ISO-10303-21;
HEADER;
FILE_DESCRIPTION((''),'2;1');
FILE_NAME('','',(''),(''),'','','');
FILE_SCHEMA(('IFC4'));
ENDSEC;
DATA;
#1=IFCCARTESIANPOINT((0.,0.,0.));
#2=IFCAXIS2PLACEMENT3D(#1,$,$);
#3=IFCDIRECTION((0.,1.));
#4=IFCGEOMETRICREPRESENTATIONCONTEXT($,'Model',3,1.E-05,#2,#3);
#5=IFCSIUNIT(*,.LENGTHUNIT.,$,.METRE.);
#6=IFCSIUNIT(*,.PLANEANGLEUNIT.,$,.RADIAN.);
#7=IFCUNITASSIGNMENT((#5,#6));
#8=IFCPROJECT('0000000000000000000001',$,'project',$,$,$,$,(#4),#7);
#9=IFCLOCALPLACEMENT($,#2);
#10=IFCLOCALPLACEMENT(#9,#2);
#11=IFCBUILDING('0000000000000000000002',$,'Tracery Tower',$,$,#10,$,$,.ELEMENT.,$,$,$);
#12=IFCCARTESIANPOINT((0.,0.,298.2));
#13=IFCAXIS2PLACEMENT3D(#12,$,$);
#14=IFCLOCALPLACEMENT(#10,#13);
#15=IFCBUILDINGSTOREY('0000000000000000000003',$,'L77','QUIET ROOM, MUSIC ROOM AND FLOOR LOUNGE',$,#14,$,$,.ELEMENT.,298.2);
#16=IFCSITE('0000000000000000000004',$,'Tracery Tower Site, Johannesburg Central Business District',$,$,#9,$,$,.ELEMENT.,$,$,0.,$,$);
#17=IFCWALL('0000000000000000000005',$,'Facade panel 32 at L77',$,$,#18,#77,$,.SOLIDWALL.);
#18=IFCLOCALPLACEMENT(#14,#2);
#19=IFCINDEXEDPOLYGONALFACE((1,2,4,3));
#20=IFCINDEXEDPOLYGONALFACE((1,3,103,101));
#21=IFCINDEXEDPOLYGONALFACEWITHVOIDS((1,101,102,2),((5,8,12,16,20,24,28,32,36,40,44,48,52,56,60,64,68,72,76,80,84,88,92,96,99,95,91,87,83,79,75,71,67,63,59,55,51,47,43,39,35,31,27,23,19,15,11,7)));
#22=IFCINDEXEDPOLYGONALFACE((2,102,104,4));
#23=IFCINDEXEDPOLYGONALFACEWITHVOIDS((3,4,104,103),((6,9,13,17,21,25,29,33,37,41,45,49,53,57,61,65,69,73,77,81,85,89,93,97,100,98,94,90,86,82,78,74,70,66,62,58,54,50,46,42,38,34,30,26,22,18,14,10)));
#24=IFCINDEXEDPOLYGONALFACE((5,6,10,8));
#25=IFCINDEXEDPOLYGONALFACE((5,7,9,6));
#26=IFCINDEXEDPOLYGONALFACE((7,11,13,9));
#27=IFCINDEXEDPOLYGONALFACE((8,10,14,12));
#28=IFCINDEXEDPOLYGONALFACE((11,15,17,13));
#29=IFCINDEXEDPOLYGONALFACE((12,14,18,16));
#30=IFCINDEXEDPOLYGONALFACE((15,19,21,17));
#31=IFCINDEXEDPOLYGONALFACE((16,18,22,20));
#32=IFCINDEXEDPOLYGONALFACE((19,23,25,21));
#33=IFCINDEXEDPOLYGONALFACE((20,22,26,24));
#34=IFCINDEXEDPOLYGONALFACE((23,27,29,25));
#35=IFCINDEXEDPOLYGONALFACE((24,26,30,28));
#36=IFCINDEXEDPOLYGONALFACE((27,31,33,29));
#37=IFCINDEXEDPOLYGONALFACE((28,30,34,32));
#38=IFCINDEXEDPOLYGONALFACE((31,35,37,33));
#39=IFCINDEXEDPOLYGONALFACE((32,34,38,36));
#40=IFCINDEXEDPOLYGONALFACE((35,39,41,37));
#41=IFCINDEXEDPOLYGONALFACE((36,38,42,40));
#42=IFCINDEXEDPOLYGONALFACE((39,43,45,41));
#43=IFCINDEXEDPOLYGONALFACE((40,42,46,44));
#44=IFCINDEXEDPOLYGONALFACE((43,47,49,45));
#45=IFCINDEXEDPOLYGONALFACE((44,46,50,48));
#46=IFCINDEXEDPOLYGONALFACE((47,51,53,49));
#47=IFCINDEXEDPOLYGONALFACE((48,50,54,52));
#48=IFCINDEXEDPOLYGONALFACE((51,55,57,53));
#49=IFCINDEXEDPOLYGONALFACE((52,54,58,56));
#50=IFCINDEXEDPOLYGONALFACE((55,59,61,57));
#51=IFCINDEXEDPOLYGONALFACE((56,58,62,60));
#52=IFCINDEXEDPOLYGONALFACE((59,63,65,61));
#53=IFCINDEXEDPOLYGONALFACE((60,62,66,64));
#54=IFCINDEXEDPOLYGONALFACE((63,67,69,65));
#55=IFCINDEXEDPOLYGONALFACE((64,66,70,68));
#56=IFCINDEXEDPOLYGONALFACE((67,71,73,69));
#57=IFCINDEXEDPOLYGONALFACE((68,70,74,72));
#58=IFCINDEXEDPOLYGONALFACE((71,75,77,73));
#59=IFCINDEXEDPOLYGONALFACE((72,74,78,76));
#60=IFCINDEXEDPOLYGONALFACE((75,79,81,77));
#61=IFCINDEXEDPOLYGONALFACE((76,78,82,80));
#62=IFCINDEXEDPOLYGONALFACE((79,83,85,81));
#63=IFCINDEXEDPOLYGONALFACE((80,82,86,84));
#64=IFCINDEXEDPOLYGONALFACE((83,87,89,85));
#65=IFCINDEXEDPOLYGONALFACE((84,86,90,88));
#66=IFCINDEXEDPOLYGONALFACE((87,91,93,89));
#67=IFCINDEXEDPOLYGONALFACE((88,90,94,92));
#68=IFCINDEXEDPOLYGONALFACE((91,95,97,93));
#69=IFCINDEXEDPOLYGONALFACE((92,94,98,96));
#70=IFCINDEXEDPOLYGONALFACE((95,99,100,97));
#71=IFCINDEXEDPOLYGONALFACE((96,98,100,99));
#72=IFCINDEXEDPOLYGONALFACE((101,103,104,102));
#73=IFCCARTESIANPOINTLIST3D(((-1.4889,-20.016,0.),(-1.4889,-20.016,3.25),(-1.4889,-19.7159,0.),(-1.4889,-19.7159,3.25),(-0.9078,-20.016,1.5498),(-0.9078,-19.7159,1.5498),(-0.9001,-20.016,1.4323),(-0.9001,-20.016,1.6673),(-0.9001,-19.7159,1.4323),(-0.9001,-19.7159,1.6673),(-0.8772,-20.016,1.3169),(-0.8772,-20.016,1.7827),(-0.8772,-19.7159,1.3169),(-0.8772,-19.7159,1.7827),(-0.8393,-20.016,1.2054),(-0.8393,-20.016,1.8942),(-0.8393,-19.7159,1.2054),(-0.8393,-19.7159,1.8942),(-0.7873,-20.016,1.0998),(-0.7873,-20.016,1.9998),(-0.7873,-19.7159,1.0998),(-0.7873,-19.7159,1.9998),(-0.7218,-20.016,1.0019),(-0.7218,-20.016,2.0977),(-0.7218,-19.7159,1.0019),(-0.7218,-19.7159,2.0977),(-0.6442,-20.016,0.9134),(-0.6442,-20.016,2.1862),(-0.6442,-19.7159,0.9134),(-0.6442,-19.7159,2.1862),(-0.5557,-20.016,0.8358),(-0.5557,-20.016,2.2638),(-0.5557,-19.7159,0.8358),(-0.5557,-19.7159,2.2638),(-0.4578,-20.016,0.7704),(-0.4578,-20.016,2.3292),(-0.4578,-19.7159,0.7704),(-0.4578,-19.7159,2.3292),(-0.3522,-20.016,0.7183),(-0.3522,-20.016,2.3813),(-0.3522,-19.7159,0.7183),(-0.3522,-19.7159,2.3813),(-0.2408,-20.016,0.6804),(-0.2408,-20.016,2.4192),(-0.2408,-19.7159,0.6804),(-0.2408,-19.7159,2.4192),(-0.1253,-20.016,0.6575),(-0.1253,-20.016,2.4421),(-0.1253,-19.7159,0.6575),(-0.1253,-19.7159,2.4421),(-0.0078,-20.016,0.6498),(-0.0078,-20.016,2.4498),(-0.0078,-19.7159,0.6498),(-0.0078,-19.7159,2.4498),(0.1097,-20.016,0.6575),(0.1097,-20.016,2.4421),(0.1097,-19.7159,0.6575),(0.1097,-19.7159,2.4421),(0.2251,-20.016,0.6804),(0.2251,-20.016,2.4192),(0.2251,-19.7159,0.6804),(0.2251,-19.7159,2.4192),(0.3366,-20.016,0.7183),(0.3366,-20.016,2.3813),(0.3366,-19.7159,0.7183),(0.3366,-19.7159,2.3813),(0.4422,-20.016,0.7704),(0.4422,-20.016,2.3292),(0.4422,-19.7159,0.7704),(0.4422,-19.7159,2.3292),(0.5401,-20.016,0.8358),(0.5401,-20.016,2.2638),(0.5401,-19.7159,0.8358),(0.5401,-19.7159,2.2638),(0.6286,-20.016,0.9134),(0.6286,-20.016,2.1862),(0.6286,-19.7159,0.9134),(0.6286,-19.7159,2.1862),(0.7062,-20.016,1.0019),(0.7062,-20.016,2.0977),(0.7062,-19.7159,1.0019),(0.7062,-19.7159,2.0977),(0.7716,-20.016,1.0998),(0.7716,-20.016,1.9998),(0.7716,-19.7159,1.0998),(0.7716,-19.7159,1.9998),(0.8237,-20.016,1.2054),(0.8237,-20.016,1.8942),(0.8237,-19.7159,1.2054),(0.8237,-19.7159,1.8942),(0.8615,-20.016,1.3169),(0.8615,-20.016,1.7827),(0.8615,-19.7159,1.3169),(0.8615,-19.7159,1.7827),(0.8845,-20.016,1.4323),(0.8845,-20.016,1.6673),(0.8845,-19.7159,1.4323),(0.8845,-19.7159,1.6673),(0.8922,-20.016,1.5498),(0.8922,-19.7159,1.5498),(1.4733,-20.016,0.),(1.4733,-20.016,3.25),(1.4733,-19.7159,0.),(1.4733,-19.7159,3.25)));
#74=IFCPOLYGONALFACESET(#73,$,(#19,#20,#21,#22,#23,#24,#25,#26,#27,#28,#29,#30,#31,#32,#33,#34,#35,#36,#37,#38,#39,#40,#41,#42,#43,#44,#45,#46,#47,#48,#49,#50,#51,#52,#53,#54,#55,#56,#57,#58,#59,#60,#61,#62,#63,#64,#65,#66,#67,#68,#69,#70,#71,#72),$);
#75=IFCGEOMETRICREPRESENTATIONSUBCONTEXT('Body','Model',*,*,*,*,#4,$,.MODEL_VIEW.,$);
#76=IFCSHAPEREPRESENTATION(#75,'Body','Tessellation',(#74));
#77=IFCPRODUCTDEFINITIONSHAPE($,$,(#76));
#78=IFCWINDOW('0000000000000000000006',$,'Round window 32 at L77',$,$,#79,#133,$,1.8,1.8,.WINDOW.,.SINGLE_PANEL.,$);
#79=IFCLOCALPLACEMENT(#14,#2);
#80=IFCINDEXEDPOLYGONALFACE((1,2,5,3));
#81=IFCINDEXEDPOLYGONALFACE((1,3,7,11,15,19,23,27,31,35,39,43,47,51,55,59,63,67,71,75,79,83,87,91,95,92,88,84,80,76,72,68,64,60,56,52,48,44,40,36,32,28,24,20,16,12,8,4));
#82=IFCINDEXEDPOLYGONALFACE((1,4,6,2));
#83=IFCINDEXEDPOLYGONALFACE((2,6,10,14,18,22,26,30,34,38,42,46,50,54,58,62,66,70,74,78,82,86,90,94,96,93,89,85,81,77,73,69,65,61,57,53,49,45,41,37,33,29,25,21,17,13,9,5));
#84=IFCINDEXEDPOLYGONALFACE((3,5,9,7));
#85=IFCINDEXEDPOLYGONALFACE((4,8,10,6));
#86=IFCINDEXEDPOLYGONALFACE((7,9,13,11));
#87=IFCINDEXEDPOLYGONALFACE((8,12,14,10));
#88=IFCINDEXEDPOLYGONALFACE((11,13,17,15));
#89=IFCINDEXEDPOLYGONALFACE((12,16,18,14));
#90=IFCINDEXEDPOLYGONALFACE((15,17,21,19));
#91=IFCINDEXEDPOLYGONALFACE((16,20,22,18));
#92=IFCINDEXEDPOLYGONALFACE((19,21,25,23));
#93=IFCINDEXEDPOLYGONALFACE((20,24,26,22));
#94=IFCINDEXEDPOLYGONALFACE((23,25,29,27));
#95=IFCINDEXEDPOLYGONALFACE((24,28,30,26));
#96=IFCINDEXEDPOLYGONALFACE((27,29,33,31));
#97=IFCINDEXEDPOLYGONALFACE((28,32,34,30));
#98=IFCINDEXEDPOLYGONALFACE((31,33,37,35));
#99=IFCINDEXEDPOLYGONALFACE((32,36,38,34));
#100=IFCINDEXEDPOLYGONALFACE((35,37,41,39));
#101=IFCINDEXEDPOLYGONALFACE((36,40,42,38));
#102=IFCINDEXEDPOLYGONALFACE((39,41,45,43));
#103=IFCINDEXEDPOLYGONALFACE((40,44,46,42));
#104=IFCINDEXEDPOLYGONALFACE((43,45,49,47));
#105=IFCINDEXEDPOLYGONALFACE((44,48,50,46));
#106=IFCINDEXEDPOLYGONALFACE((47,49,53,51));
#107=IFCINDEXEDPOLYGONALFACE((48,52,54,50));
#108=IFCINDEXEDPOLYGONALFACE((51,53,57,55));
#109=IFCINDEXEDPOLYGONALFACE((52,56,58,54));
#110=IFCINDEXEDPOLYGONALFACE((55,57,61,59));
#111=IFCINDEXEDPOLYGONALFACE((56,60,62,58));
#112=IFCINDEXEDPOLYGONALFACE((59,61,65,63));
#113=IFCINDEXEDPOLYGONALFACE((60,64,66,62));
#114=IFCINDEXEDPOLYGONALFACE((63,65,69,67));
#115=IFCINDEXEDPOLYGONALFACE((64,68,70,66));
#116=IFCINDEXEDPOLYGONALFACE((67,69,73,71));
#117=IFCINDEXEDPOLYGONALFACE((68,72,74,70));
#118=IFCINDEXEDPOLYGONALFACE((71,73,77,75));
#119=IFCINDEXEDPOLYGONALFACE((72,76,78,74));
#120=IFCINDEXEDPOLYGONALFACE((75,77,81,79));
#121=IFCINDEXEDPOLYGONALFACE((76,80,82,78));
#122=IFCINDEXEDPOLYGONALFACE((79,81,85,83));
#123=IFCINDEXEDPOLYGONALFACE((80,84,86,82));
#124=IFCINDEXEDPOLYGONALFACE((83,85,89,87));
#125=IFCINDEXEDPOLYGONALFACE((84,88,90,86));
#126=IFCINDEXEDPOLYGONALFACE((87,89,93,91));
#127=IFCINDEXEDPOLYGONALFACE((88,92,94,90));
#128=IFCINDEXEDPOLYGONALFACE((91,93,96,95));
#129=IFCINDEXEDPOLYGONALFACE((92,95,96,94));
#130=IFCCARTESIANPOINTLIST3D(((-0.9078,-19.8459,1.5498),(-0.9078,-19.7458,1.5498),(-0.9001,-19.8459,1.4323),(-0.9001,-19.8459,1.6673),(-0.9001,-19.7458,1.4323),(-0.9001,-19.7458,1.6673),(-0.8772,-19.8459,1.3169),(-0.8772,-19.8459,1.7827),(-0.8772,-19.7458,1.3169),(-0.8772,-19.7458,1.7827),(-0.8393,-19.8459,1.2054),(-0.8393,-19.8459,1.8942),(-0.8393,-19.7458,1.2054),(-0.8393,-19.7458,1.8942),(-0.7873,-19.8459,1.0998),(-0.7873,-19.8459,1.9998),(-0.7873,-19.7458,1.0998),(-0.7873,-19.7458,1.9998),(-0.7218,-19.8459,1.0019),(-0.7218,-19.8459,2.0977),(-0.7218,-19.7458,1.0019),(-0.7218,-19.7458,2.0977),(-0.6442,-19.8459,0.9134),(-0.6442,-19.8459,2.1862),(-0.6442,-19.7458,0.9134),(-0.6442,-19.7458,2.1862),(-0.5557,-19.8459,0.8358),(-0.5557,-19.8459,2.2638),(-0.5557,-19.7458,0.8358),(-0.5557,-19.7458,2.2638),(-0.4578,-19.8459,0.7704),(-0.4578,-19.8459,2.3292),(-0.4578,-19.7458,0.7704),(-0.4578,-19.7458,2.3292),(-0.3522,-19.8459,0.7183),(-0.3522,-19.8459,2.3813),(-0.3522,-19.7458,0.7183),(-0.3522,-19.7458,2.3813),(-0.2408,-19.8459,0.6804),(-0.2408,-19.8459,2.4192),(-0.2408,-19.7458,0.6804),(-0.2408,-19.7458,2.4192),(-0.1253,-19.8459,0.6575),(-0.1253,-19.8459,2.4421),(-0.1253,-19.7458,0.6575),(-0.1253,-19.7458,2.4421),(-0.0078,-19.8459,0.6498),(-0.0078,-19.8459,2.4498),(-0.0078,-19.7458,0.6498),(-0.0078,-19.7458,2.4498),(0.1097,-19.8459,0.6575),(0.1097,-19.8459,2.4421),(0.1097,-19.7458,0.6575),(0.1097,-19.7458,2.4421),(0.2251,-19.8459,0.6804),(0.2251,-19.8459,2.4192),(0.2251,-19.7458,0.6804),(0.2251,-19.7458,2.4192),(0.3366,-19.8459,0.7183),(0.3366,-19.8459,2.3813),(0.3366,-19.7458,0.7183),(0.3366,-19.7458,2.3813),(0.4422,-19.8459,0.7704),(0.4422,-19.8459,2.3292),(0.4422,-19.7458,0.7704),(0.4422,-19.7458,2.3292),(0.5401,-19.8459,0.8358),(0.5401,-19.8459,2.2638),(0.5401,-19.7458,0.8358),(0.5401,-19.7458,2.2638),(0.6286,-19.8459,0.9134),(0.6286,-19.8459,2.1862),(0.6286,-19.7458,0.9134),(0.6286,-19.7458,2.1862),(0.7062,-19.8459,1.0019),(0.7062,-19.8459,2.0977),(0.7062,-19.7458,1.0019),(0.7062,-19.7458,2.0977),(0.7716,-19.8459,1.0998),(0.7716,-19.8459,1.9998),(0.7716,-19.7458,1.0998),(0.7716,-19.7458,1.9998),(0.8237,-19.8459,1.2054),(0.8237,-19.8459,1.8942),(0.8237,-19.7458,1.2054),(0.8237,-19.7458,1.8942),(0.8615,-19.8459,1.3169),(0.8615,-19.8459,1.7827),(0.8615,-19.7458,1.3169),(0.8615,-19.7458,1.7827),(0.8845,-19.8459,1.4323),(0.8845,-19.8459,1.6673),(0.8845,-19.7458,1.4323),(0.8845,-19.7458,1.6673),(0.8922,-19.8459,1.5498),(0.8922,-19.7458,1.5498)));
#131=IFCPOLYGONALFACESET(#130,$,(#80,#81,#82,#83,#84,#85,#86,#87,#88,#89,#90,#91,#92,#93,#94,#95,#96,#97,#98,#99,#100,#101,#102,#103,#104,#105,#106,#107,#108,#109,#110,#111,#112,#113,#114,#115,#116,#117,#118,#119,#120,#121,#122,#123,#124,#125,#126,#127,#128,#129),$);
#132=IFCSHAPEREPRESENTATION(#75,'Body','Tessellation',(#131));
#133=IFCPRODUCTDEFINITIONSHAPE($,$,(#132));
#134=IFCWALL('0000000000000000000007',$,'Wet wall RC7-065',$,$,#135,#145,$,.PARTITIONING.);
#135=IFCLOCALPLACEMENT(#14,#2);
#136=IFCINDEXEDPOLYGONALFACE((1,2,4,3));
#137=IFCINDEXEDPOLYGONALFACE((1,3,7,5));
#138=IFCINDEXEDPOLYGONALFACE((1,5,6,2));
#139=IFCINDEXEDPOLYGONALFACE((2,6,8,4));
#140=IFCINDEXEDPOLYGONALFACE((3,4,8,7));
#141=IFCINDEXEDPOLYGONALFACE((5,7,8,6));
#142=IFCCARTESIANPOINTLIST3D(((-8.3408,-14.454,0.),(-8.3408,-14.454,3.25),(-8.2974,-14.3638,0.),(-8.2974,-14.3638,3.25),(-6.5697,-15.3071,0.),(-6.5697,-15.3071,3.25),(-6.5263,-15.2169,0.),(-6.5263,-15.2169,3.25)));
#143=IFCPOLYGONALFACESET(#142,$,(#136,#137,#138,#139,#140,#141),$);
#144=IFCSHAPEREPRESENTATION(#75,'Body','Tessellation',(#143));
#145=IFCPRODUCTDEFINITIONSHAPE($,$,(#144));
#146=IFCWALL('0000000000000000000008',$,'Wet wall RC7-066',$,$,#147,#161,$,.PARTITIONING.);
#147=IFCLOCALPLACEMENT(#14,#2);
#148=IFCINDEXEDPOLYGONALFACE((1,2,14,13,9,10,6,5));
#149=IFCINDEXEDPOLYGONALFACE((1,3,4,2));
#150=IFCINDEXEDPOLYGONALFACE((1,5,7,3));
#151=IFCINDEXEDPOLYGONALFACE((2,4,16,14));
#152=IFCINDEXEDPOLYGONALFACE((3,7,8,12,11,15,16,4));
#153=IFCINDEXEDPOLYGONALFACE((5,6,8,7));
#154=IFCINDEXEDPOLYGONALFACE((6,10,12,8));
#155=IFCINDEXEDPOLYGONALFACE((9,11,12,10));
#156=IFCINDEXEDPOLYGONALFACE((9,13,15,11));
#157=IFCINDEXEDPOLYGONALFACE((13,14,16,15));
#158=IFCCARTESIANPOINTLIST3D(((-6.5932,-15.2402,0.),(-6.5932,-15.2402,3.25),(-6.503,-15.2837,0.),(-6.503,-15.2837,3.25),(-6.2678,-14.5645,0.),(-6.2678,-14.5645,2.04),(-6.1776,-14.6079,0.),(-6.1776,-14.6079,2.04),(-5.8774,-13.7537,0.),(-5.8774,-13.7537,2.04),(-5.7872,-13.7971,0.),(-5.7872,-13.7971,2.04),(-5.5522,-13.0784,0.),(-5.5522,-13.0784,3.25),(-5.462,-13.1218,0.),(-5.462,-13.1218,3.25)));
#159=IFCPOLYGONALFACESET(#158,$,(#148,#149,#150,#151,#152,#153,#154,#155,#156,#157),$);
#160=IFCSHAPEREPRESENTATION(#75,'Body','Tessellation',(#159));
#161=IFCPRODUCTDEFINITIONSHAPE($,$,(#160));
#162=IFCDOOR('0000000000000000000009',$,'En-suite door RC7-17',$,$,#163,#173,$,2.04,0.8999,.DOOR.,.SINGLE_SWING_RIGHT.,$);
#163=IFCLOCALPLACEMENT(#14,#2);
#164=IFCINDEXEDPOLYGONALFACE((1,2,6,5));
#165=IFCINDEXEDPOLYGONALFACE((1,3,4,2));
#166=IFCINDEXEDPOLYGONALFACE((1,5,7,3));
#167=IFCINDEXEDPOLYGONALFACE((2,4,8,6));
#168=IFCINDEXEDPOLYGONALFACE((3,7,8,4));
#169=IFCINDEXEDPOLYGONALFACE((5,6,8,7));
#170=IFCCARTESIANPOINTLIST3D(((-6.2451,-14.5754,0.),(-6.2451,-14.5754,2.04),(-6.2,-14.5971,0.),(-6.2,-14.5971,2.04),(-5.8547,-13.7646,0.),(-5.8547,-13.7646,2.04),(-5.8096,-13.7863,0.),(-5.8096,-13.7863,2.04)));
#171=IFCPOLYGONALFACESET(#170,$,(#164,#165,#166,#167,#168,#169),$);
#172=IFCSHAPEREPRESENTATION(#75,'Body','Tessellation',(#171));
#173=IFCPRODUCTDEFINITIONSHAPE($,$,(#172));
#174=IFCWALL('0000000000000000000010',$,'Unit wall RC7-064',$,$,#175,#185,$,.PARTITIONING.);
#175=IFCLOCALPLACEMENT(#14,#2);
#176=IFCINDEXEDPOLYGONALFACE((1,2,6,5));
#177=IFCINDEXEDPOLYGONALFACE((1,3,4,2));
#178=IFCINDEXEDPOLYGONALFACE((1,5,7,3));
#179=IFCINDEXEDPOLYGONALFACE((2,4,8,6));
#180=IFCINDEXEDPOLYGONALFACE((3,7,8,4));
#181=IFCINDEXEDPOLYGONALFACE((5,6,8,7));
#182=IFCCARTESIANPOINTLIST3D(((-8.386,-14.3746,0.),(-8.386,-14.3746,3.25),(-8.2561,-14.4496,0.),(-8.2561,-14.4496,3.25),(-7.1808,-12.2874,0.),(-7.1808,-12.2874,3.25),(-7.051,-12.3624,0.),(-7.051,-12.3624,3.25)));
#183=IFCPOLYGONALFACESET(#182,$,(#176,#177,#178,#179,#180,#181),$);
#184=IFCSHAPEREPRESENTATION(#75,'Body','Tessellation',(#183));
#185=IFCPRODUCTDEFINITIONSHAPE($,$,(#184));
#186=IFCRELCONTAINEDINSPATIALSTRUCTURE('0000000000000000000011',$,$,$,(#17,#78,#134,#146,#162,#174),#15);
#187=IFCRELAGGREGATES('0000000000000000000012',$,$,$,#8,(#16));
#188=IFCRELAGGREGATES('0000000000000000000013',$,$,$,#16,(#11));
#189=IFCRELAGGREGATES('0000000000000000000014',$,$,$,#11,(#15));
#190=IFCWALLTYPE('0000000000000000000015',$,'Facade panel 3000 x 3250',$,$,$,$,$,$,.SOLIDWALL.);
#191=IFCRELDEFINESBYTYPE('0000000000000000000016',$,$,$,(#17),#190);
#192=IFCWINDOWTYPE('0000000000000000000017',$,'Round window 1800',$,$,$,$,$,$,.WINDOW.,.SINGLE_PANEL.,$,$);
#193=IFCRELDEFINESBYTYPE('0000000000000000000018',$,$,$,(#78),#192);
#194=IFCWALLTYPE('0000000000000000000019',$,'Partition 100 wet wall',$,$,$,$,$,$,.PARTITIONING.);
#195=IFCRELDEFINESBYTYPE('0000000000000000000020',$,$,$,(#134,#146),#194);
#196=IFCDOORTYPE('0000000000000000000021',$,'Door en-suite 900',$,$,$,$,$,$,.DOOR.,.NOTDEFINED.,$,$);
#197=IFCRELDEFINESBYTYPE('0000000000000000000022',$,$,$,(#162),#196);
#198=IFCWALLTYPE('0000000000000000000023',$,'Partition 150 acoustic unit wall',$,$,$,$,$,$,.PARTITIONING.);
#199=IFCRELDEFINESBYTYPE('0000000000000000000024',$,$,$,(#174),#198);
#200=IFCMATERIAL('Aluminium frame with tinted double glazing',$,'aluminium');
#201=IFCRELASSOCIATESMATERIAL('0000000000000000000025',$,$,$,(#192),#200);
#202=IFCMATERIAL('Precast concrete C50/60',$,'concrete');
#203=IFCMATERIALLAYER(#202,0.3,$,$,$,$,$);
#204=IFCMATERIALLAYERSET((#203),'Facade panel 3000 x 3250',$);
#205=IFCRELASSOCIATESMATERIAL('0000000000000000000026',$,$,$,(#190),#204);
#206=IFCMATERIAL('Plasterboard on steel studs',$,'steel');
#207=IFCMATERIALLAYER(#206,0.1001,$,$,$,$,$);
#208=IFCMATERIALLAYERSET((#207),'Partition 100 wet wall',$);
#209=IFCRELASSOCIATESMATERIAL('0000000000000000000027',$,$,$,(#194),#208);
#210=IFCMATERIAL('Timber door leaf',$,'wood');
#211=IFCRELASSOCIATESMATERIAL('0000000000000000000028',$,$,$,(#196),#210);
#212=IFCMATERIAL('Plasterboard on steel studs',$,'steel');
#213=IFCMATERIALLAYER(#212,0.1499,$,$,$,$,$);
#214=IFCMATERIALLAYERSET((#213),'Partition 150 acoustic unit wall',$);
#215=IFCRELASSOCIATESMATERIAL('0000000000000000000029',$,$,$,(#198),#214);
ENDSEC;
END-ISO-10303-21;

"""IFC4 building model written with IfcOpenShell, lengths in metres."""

from ifc_helpers import new_model, si_unit, direction, frame, frame_2d, origin, origin_2d, place, context, subcontext, project, spatial, rectangle, circle, extrude, material, layer, layer_set, type_object, element, fill, save


model = new_model("IFC4")

# Units and contexts
model_context = context("Model", 3, precision=1e-05, world=origin(), true_north=direction((0.0, 1.0)))
body_context = subcontext(model_context, "Body", "Model", "MODEL_VIEW")
ifc_project = project(units=[si_unit("LENGTHUNIT", "METRE"), si_unit("PLANEANGLEUNIT", "RADIAN")], contexts=[model_context])

# Site, building, storey
site_placement = place(None, origin())
site = spatial("IfcSite", under=ifc_project, at=site_placement, Name="Tracery Tower Site, Johannesburg Central Business District", CompositionType="ELEMENT", RefElevation=0.0)
building_placement = place(site_placement, origin())
building = spatial("IfcBuilding", under=site, at=building_placement, Name="Tracery Tower", CompositionType="ELEMENT")
storey_placement = place(building_placement, frame((0.0, 0.0, 298.2)))
storey = spatial("IfcBuildingStorey", under=building, at=storey_placement, Name="L77", Description="QUIET ROOM, MUSIC ROOM AND FLOOR LOUNGE", CompositionType="ELEMENT", Elevation=298.2)

# Wall, opening, window
ifc_material_1 = material(Name="Aluminium frame with tinted double glazing", Category="aluminium")
window_type = type_object("IfcWindowType", Name="Round window 1800", PartitioningType="SINGLE_PANEL", PredefinedType="WINDOW", material=ifc_material_1)
ifc_material_2 = material(Name="Precast concrete C50/60", Category="concrete")
ifc_layer_1 = layer(ifc_material_2, 0.3)
ifc_layer_set_1 = layer_set([ifc_layer_1], Name="Facade panel 3000 x 3250")
wall_type_1 = type_object("IfcWallType", Name="Facade panel 3000 x 3250", PredefinedType="SOLIDWALL", material=ifc_layer_set_1)
wall_1_placement = place(storey_placement, frame((-1.4888, -19.866, 0.0), z_axis=(0.0, 0.0, 1.0), x_axis=(1.0, 0.0, 0.0)))
wall_1 = element("IfcWall", 1, at=wall_1_placement, inside=storey, type_object=wall_type_1, Name="Facade panel 32 at L77", PredefinedType="SOLIDWALL", context=body_context, shape_type="SweptSolid", body=[
    extrude(rectangle(XDim=2.9622, YDim=0.3, at=frame_2d((1.481, 0.0))), origin(), (0.0, 0.0, 1.0), 3.25),
])
opening_1_placement = place(wall_1_placement, frame((1.481, 0.0, 1.5498)))
opening_1 = element("IfcOpeningElement", 2, at=opening_1_placement, cuts=wall_1, PredefinedType="OPENING", context=body_context, shape_type="SweptSolid", body=[
    extrude(circle(Radius=0.9, at=origin_2d()), frame((0.0, 0.1599, 0.0), z_axis=(0.0, -1.0, 0.0), x_axis=(1.0, 0.0, 0.0)), (0.0, 0.0, 1.0), 0.3201),
])
window_1_placement = place(opening_1_placement, origin())
window_1 = element("IfcWindow", 3, at=window_1_placement, inside=storey, type_object=window_type, Name="Round window 32 at L77", OverallHeight=1.8, OverallWidth=1.8, PartitioningType="SINGLE_PANEL", PredefinedType="WINDOW", context=body_context, shape_type="SweptSolid", body=[
    extrude(circle(Radius=0.9, at=origin_2d()), frame((0.0, 0.1201, 0.0), z_axis=(0.0, -1.0, 0.0), x_axis=(1.0, 0.0, 0.0)), (0.0, 0.0, 1.0), 0.1001),
])
fill(opening_1, window_1)

# Wall
ifc_material_3 = material(Name="Plasterboard on steel studs", Category="steel")
ifc_layer_2 = layer(ifc_material_3, 0.1001)
ifc_layer_set_2 = layer_set([ifc_layer_2], Name="Partition 100 wet wall")
wall_type_2 = type_object("IfcWallType", Name="Partition 100 wet wall", PredefinedType="PARTITIONING", material=ifc_layer_set_2)
wall_2_placement = place(storey_placement, frame((-8.3191, -14.4089, 0.0), z_axis=(0.0, 0.0, 1.0), x_axis=(0.900937, -0.43395, 0.0)))
element("IfcWall", 4, at=wall_2_placement, inside=storey, type_object=wall_type_2, Name="Wet wall RC7-065", PredefinedType="PARTITIONING", context=body_context, shape_type="SweptSolid", body=[
    extrude(rectangle(XDim=1.9658, YDim=0.1001, at=frame_2d((0.9829, 0.0))), origin(), (0.0, 0.0, 1.0), 3.25),
])

# Wall, opening, door
wall_3_placement = place(storey_placement, frame((-6.5481, -15.262, 0.0), z_axis=(0.0, 0.0, 1.0), x_axis=(0.433855, 0.900983, 0.0)))
wall_3 = element("IfcWall", 5, at=wall_3_placement, inside=storey, type_object=wall_type_2, Name="Wet wall RC7-066", PredefinedType="PARTITIONING", context=body_context, shape_type="SweptSolid", body=[
    extrude(rectangle(XDim=2.3994, YDim=0.1001, at=frame_2d((1.1997, 0.0))), origin(), (0.0, 0.0, 1.0), 3.25),
])
opening_2_placement = place(wall_3_placement, frame((0.75, 0.0, 0.0)))
opening_2 = element("IfcOpeningElement", 6, at=opening_2_placement, cuts=wall_3, PredefinedType="OPENING", context=body_context, shape_type="SweptSolid", body=[
    extrude(rectangle(XDim=0.8999, YDim=2.04, at=frame_2d((0.45, 1.02))), frame((0.0, 0.05, 0.0), z_axis=(0.0, -1.0, 0.0), x_axis=(1.0, 0.0, 0.0)), (0.0, 0.0, 1.0), 0.1001),
])
ifc_material_4 = material(Name="Timber door leaf", Category="wood")
door_type_1 = type_object("IfcDoorType", Name="Door en-suite 900", OperationType="NOTDEFINED", PredefinedType="DOOR", material=ifc_material_4)
door_1_placement = place(opening_2_placement, origin())
door_1 = element("IfcDoor", 7, at=door_1_placement, inside=storey, type_object=door_type_1, Name="En-suite door RC7-17", OperationType="SINGLE_SWING_RIGHT", OverallHeight=2.04, OverallWidth=0.8999, PredefinedType="DOOR", context=body_context, shape_type="SweptSolid", body=[
    extrude(rectangle(XDim=0.8999, YDim=2.04, at=frame_2d((0.45, 1.02))), frame((0.0, 0.0249, 0.0), z_axis=(0.0, -1.0, 0.0), x_axis=(1.0, 0.0, 0.0)), (0.0, 0.0, 1.0), 0.05),
])
fill(opening_2, door_1)

# Wall
ifc_material_5 = material(Name="Plasterboard on steel studs", Category="steel")
ifc_layer_3 = layer(ifc_material_5, 0.1499)
ifc_layer_set_3 = layer_set([ifc_layer_3], Name="Partition 150 acoustic unit wall")
wall_type_3 = type_object("IfcWallType", Name="Partition 150 acoustic unit wall", PredefinedType="PARTITIONING", material=ifc_layer_set_3)
wall_4_placement = place(storey_placement, frame((-8.321, -14.4121, 0.0), z_axis=(0.0, 0.0, 1.0), x_axis=(0.500018, 0.866015, 0.0)))
element("IfcWall", 8, at=wall_4_placement, inside=storey, type_object=wall_type_3, Name="Unit wall RC7-064", PredefinedType="PARTITIONING", context=body_context, shape_type="SweptSolid", body=[
    extrude(rectangle(XDim=2.4102, YDim=0.1499, at=frame_2d((1.2051, 0.0))), origin(), (0.0, 0.0, 1.0), 3.25),
])

save(model, "model.ifc")
